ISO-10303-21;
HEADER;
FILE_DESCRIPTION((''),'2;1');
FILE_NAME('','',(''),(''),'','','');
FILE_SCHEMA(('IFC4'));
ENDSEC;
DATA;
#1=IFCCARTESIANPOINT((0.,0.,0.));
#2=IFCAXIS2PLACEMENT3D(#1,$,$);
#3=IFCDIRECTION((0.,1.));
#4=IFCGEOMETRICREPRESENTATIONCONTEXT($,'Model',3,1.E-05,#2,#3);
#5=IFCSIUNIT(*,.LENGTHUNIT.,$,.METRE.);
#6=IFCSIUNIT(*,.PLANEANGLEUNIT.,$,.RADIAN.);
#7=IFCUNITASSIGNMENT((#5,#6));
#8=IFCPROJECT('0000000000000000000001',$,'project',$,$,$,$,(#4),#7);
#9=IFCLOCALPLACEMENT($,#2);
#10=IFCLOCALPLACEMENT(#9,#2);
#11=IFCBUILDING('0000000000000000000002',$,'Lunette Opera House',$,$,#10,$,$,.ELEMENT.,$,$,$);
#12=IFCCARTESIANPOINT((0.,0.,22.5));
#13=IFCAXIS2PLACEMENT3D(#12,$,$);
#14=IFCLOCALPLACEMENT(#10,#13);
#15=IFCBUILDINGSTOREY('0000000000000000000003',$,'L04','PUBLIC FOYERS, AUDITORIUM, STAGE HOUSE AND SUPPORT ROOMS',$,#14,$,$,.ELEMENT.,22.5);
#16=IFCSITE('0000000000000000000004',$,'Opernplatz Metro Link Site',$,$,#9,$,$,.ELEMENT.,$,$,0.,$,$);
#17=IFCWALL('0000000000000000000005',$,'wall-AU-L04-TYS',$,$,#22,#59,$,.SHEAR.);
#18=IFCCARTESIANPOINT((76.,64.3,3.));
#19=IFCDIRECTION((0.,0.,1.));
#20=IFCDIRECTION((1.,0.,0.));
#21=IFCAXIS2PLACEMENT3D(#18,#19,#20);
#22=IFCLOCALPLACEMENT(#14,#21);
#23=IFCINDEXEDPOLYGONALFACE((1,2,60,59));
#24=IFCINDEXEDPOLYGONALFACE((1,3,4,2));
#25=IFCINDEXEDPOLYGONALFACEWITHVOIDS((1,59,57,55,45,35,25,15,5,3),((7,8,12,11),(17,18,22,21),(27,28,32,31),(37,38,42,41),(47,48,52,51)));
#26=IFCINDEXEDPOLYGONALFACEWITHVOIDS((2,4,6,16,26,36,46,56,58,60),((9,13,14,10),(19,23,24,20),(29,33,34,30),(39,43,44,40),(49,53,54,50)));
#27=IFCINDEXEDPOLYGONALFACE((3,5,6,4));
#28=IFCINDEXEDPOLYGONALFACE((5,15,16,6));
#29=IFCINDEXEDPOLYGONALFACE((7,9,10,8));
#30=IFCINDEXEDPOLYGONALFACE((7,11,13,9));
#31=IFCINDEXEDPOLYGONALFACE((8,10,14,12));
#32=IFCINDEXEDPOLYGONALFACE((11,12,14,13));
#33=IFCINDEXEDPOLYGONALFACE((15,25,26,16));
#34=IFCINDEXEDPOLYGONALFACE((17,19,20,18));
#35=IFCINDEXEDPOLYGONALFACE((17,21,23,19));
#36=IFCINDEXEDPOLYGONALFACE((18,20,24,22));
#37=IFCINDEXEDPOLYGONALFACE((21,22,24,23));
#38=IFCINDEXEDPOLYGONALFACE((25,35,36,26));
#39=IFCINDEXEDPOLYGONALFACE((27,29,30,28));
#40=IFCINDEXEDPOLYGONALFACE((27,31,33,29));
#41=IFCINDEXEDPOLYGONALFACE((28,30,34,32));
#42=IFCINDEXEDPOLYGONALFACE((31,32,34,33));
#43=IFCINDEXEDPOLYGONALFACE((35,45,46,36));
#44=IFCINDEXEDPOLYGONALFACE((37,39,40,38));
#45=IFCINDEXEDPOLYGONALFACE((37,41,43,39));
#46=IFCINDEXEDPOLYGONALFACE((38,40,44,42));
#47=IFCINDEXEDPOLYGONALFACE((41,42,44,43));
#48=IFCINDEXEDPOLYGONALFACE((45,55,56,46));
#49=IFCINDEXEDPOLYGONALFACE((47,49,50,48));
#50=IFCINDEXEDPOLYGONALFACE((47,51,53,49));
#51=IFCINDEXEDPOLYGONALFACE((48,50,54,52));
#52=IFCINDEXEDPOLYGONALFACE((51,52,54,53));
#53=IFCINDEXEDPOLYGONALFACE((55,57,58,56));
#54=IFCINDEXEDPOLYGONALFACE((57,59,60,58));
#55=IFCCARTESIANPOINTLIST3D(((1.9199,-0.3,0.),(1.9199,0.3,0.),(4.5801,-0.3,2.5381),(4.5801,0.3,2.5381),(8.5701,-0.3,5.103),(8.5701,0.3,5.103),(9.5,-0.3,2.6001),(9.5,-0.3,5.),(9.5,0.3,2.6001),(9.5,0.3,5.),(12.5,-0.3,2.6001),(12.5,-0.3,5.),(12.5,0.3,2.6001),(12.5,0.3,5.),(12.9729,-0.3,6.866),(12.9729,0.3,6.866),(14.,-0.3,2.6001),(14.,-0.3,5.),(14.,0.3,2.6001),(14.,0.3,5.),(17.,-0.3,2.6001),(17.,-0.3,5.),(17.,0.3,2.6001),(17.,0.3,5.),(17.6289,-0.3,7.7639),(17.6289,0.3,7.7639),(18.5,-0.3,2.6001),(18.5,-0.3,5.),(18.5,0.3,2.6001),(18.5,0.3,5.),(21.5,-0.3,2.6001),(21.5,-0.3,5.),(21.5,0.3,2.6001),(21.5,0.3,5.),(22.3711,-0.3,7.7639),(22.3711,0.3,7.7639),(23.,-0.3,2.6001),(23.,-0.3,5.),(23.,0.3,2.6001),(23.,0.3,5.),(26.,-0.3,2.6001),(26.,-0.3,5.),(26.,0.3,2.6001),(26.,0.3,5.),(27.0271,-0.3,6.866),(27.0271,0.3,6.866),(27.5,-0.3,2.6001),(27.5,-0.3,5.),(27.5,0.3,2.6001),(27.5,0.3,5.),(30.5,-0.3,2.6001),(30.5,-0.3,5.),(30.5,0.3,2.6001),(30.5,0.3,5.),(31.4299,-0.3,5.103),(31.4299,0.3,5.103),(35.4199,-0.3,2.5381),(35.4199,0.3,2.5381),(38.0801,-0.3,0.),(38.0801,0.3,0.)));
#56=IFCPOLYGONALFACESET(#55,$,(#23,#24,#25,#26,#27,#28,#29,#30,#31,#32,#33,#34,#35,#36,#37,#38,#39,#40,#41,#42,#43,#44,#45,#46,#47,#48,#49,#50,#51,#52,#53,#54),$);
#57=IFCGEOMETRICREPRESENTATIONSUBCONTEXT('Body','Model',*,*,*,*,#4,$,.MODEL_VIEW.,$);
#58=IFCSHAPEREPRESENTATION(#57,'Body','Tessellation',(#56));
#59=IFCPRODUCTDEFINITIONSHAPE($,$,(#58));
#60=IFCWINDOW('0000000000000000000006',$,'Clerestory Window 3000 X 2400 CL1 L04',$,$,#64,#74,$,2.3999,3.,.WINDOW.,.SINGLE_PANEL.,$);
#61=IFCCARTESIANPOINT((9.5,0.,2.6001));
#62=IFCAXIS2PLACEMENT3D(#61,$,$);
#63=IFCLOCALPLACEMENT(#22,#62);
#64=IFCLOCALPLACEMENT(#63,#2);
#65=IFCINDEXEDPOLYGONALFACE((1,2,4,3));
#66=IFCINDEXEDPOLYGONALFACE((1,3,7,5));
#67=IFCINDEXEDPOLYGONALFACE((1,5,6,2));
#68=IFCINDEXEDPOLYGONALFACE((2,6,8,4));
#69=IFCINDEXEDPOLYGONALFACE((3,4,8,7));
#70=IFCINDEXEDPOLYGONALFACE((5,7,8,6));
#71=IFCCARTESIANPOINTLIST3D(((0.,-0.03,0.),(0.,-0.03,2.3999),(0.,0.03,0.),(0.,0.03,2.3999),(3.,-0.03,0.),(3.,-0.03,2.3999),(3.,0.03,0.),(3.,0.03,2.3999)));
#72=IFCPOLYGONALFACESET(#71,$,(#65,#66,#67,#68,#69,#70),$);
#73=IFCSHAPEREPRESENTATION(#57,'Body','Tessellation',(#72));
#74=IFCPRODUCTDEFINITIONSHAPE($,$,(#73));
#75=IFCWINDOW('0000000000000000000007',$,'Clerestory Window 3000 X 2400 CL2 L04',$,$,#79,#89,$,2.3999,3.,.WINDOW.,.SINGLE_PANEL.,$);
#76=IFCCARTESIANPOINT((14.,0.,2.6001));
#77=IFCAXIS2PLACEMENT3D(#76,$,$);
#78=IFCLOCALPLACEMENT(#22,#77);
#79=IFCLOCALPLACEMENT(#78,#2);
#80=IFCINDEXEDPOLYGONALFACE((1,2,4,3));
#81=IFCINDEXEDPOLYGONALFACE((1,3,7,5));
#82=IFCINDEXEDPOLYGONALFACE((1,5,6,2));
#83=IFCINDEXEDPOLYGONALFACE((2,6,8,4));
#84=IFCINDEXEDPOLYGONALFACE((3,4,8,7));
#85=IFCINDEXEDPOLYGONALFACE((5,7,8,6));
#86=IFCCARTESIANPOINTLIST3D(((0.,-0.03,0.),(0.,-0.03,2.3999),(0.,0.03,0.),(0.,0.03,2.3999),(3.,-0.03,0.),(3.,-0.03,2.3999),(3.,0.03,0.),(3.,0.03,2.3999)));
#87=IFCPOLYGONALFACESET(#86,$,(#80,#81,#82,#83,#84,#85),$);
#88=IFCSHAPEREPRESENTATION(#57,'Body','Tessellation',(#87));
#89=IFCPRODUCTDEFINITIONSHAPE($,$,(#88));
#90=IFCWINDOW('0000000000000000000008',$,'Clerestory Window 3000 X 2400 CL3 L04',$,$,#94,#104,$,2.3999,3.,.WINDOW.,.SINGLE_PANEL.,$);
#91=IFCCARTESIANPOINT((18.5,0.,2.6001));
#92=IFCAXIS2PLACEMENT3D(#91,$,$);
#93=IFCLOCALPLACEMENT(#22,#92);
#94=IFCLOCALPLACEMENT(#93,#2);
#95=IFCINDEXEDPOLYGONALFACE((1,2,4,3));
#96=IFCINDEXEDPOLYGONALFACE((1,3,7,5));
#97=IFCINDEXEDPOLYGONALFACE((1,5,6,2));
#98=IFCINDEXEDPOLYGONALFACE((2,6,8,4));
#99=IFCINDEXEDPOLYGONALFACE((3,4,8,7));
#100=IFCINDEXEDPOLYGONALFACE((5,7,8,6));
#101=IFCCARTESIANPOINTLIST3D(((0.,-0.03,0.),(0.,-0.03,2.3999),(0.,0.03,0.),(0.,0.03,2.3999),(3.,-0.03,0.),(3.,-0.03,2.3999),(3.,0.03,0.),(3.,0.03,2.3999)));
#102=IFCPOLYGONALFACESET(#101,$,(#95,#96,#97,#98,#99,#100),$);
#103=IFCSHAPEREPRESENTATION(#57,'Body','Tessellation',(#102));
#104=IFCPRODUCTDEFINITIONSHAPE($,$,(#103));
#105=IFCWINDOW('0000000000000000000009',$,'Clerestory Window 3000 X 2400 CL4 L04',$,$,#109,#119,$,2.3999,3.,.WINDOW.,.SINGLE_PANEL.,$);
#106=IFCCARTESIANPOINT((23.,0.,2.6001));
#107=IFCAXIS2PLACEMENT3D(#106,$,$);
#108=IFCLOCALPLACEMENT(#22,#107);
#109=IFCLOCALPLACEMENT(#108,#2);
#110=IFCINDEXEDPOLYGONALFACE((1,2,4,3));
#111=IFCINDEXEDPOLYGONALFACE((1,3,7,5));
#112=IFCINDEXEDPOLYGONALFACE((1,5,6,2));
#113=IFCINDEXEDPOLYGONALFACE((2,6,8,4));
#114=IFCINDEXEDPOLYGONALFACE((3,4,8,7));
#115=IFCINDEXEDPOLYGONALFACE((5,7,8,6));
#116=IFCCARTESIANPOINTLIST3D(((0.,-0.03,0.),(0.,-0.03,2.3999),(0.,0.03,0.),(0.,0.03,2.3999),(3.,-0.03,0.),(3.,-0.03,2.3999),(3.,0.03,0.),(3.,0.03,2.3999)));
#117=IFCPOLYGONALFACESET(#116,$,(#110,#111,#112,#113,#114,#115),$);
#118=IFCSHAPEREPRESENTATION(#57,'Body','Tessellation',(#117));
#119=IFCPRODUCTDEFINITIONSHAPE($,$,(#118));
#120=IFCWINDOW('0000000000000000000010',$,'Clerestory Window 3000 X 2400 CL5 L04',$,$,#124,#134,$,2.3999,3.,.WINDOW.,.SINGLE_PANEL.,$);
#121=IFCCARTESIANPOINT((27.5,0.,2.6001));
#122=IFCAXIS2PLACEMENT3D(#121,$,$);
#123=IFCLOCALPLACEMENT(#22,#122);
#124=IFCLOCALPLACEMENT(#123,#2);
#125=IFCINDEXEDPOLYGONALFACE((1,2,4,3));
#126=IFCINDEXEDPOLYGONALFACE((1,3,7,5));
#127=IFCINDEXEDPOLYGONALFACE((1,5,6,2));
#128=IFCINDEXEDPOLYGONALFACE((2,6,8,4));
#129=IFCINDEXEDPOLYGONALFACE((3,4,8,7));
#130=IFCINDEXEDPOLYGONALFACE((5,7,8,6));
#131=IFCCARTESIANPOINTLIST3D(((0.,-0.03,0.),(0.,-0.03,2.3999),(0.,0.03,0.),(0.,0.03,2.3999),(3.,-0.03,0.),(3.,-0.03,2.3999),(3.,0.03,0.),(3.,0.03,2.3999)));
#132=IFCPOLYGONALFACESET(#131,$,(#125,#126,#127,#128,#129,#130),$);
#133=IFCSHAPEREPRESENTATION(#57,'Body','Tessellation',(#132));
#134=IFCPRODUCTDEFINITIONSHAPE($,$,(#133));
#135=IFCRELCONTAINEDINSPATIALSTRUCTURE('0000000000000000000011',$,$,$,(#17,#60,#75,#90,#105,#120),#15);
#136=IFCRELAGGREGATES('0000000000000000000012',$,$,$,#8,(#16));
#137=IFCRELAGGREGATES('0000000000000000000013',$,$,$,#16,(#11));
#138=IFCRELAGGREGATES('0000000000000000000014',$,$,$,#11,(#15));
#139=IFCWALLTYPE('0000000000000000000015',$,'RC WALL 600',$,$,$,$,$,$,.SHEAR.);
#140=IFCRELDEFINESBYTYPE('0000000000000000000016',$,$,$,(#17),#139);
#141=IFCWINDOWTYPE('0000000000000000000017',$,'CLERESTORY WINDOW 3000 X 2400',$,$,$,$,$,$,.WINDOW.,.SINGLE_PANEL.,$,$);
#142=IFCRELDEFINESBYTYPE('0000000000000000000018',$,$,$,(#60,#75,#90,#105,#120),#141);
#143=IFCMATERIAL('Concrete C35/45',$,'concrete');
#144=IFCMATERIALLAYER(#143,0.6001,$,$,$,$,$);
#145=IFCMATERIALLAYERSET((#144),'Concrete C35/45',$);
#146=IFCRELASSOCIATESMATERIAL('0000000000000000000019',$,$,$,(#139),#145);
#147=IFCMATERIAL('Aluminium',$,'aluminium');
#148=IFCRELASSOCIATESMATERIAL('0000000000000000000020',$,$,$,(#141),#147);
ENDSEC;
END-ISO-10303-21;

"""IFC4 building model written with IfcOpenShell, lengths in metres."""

from ifc_helpers import new_model, si_unit, direction, frame, frame_2d, origin, place, context, subcontext, project, spatial, polyline, rectangle, outline, extrude, material, layer, layer_set, type_object, element, fill, save


model = new_model("IFC4")

# Units and contexts
model_context = context("Model", 3, precision=1e-05, world=origin(), true_north=direction((0.0, 1.0)))
body_context = subcontext(model_context, "Body", "Model", "MODEL_VIEW")
ifc_project = project(units=[si_unit("LENGTHUNIT", "METRE"), si_unit("PLANEANGLEUNIT", "RADIAN")], contexts=[model_context])

# Site, building, storey
site_placement = place(None, origin())
site = spatial("IfcSite", under=ifc_project, at=site_placement, Name="Opernplatz Metro Link Site", CompositionType="ELEMENT", RefElevation=0.0)
building_placement = place(site_placement, origin())
building = spatial("IfcBuilding", under=site, at=building_placement, Name="Lunette Opera House", CompositionType="ELEMENT")
storey_placement = place(building_placement, frame((0.0, 0.0, 22.5)))
storey = spatial("IfcBuildingStorey", under=building, at=storey_placement, Name="L04", Description="PUBLIC FOYERS, AUDITORIUM, STAGE HOUSE AND SUPPORT ROOMS", CompositionType="ELEMENT", Elevation=22.5)

# Wall, openings, windows
ifc_material_1 = material(Name="Concrete C35/45", Category="concrete")
ifc_layer_1 = layer(ifc_material_1, 0.6001)
ifc_layer_set_1 = layer_set([ifc_layer_1], Name="Concrete C35/45")
wall_type_1 = type_object("IfcWallType", Name="RC WALL 600", PredefinedType="SHEAR", material=ifc_layer_set_1)
wall_1_placement = place(storey_placement, frame((76.0, 64.3, 3.0), z_axis=(0.0, 0.0, 1.0), x_axis=(1.0, 0.0, 0.0)))
wall_1 = element("IfcWall", 1, at=wall_1_placement, inside=storey, type_object=wall_type_1, Name="wall-AU-L04-TYS", PredefinedType="SHEAR", context=body_context, shape_type="SweptSolid", body=[
    extrude(outline(polyline([(0.0, 0.0), (40.0, 0.0), (40.0, 0.0), (38.0801, 0.0), (35.4199, 2.5381), (31.4299, 5.103), (27.0271, 6.866), (22.3711, 7.7639), (17.6289, 7.7639), (12.9729, 6.866), (8.5701, 5.103), (4.5801, 2.5381), (1.9199, 0.0), (0.0, 0.0), (0.0, 0.0)])), frame((0.0, 0.3, 0.0), z_axis=(0.0, -1.0, 0.0), x_axis=(1.0, 0.0, 0.0)), (0.0, 0.0, 1.0), 0.6001),
])
opening_1_placement = place(wall_1_placement, frame((9.5, 0.0, 2.6001)))
opening_1 = element("IfcOpeningElement", 2, at=opening_1_placement, cuts=wall_1, PredefinedType="OPENING", context=body_context, shape_type="SweptSolid", body=[
    extrude(rectangle(XDim=3.0, YDim=2.3999, at=frame_2d((1.5, 1.2))), frame((0.0, 0.312, 0.0), z_axis=(0.0, -1.0, 0.0), x_axis=(1.0, 0.0, 0.0)), (0.0, 0.0, 1.0), 0.624),
])
opening_2_placement = place(wall_1_placement, frame((14.0, 0.0, 2.6001)))
opening_2 = element("IfcOpeningElement", 3, at=opening_2_placement, cuts=wall_1, PredefinedType="OPENING", context=body_context, shape_type="SweptSolid", body=[
    extrude(rectangle(XDim=3.0, YDim=2.3999, at=frame_2d((1.5, 1.2))), frame((0.0, 0.312, 0.0), z_axis=(0.0, -1.0, 0.0), x_axis=(1.0, 0.0, 0.0)), (0.0, 0.0, 1.0), 0.624),
])
opening_3_placement = place(wall_1_placement, frame((18.5, 0.0, 2.6001)))
opening_3 = element("IfcOpeningElement", 4, at=opening_3_placement, cuts=wall_1, PredefinedType="OPENING", context=body_context, shape_type="SweptSolid", body=[
    extrude(rectangle(XDim=3.0, YDim=2.3999, at=frame_2d((1.5, 1.2))), frame((0.0, 0.312, 0.0), z_axis=(0.0, -1.0, 0.0), x_axis=(1.0, 0.0, 0.0)), (0.0, 0.0, 1.0), 0.624),
])
opening_4_placement = place(wall_1_placement, frame((23.0, 0.0, 2.6001)))
opening_4 = element("IfcOpeningElement", 5, at=opening_4_placement, cuts=wall_1, PredefinedType="OPENING", context=body_context, shape_type="SweptSolid", body=[
    extrude(rectangle(XDim=3.0, YDim=2.3999, at=frame_2d((1.5, 1.2))), frame((0.0, 0.312, 0.0), z_axis=(0.0, -1.0, 0.0), x_axis=(1.0, 0.0, 0.0)), (0.0, 0.0, 1.0), 0.624),
])
opening_5_placement = place(wall_1_placement, frame((27.5, 0.0, 2.6001)))
opening_5 = element("IfcOpeningElement", 6, at=opening_5_placement, cuts=wall_1, PredefinedType="OPENING", context=body_context, shape_type="SweptSolid", body=[
    extrude(rectangle(XDim=3.0, YDim=2.3999, at=frame_2d((1.5, 1.2))), frame((0.0, 0.312, 0.0), z_axis=(0.0, -1.0, 0.0), x_axis=(1.0, 0.0, 0.0)), (0.0, 0.0, 1.0), 0.624),
])
ifc_material_2 = material(Name="Aluminium", Category="aluminium")
window_type_1 = type_object("IfcWindowType", Name="CLERESTORY WINDOW 3000 X 2400", PartitioningType="SINGLE_PANEL", PredefinedType="WINDOW", material=ifc_material_2)
window_1_placement = place(opening_1_placement, origin())
window_1 = element("IfcWindow", 7, at=window_1_placement, inside=storey, type_object=window_type_1, Name="Clerestory Window 3000 X 2400 CL1 L04", OverallHeight=2.3999, OverallWidth=3.0, PartitioningType="SINGLE_PANEL", PredefinedType="WINDOW", context=body_context, shape_type="SweptSolid", body=[
    extrude(rectangle(XDim=3.0, YDim=2.3999, at=frame_2d((1.5, 1.2))), frame((0.0, 0.03, 0.0), z_axis=(0.0, -1.0, 0.0), x_axis=(1.0, 0.0, 0.0)), (0.0, 0.0, 1.0), 0.0601),
])
fill(opening_1, window_1)
window_2_placement = place(opening_2_placement, origin())
window_2 = element("IfcWindow", 8, at=window_2_placement, inside=storey, type_object=window_type_1, Name="Clerestory Window 3000 X 2400 CL2 L04", OverallHeight=2.3999, OverallWidth=3.0, PartitioningType="SINGLE_PANEL", PredefinedType="WINDOW", context=body_context, shape_type="SweptSolid", body=[
    extrude(rectangle(XDim=3.0, YDim=2.3999, at=frame_2d((1.5, 1.2))), frame((0.0, 0.03, 0.0), z_axis=(0.0, -1.0, 0.0), x_axis=(1.0, 0.0, 0.0)), (0.0, 0.0, 1.0), 0.0601),
])
fill(opening_2, window_2)
window_3_placement = place(opening_3_placement, origin())
window_3 = element("IfcWindow", 9, at=window_3_placement, inside=storey, type_object=window_type_1, Name="Clerestory Window 3000 X 2400 CL3 L04", OverallHeight=2.3999, OverallWidth=3.0, PartitioningType="SINGLE_PANEL", PredefinedType="WINDOW", context=body_context, shape_type="SweptSolid", body=[
    extrude(rectangle(XDim=3.0, YDim=2.3999, at=frame_2d((1.5, 1.2))), frame((0.0, 0.03, 0.0), z_axis=(0.0, -1.0, 0.0), x_axis=(1.0, 0.0, 0.0)), (0.0, 0.0, 1.0), 0.0601),
])
fill(opening_3, window_3)
window_4_placement = place(opening_4_placement, origin())
window_4 = element("IfcWindow", 10, at=window_4_placement, inside=storey, type_object=window_type_1, Name="Clerestory Window 3000 X 2400 CL4 L04", OverallHeight=2.3999, OverallWidth=3.0, PartitioningType="SINGLE_PANEL", PredefinedType="WINDOW", context=body_context, shape_type="SweptSolid", body=[
    extrude(rectangle(XDim=3.0, YDim=2.3999, at=frame_2d((1.5, 1.2))), frame((0.0, 0.03, 0.0), z_axis=(0.0, -1.0, 0.0), x_axis=(1.0, 0.0, 0.0)), (0.0, 0.0, 1.0), 0.0601),
])
fill(opening_4, window_4)
window_5_placement = place(opening_5_placement, origin())
window_5 = element("IfcWindow", 11, at=window_5_placement, inside=storey, type_object=window_type_1, Name="Clerestory Window 3000 X 2400 CL5 L04", OverallHeight=2.3999, OverallWidth=3.0, PartitioningType="SINGLE_PANEL", PredefinedType="WINDOW", context=body_context, shape_type="SweptSolid", body=[
    extrude(rectangle(XDim=3.0, YDim=2.3999, at=frame_2d((1.5, 1.2))), frame((0.0, 0.03, 0.0), z_axis=(0.0, -1.0, 0.0), x_axis=(1.0, 0.0, 0.0)), (0.0, 0.0, 1.0), 0.0601),
])
fill(opening_5, window_5)

save(model, "model.ifc")
